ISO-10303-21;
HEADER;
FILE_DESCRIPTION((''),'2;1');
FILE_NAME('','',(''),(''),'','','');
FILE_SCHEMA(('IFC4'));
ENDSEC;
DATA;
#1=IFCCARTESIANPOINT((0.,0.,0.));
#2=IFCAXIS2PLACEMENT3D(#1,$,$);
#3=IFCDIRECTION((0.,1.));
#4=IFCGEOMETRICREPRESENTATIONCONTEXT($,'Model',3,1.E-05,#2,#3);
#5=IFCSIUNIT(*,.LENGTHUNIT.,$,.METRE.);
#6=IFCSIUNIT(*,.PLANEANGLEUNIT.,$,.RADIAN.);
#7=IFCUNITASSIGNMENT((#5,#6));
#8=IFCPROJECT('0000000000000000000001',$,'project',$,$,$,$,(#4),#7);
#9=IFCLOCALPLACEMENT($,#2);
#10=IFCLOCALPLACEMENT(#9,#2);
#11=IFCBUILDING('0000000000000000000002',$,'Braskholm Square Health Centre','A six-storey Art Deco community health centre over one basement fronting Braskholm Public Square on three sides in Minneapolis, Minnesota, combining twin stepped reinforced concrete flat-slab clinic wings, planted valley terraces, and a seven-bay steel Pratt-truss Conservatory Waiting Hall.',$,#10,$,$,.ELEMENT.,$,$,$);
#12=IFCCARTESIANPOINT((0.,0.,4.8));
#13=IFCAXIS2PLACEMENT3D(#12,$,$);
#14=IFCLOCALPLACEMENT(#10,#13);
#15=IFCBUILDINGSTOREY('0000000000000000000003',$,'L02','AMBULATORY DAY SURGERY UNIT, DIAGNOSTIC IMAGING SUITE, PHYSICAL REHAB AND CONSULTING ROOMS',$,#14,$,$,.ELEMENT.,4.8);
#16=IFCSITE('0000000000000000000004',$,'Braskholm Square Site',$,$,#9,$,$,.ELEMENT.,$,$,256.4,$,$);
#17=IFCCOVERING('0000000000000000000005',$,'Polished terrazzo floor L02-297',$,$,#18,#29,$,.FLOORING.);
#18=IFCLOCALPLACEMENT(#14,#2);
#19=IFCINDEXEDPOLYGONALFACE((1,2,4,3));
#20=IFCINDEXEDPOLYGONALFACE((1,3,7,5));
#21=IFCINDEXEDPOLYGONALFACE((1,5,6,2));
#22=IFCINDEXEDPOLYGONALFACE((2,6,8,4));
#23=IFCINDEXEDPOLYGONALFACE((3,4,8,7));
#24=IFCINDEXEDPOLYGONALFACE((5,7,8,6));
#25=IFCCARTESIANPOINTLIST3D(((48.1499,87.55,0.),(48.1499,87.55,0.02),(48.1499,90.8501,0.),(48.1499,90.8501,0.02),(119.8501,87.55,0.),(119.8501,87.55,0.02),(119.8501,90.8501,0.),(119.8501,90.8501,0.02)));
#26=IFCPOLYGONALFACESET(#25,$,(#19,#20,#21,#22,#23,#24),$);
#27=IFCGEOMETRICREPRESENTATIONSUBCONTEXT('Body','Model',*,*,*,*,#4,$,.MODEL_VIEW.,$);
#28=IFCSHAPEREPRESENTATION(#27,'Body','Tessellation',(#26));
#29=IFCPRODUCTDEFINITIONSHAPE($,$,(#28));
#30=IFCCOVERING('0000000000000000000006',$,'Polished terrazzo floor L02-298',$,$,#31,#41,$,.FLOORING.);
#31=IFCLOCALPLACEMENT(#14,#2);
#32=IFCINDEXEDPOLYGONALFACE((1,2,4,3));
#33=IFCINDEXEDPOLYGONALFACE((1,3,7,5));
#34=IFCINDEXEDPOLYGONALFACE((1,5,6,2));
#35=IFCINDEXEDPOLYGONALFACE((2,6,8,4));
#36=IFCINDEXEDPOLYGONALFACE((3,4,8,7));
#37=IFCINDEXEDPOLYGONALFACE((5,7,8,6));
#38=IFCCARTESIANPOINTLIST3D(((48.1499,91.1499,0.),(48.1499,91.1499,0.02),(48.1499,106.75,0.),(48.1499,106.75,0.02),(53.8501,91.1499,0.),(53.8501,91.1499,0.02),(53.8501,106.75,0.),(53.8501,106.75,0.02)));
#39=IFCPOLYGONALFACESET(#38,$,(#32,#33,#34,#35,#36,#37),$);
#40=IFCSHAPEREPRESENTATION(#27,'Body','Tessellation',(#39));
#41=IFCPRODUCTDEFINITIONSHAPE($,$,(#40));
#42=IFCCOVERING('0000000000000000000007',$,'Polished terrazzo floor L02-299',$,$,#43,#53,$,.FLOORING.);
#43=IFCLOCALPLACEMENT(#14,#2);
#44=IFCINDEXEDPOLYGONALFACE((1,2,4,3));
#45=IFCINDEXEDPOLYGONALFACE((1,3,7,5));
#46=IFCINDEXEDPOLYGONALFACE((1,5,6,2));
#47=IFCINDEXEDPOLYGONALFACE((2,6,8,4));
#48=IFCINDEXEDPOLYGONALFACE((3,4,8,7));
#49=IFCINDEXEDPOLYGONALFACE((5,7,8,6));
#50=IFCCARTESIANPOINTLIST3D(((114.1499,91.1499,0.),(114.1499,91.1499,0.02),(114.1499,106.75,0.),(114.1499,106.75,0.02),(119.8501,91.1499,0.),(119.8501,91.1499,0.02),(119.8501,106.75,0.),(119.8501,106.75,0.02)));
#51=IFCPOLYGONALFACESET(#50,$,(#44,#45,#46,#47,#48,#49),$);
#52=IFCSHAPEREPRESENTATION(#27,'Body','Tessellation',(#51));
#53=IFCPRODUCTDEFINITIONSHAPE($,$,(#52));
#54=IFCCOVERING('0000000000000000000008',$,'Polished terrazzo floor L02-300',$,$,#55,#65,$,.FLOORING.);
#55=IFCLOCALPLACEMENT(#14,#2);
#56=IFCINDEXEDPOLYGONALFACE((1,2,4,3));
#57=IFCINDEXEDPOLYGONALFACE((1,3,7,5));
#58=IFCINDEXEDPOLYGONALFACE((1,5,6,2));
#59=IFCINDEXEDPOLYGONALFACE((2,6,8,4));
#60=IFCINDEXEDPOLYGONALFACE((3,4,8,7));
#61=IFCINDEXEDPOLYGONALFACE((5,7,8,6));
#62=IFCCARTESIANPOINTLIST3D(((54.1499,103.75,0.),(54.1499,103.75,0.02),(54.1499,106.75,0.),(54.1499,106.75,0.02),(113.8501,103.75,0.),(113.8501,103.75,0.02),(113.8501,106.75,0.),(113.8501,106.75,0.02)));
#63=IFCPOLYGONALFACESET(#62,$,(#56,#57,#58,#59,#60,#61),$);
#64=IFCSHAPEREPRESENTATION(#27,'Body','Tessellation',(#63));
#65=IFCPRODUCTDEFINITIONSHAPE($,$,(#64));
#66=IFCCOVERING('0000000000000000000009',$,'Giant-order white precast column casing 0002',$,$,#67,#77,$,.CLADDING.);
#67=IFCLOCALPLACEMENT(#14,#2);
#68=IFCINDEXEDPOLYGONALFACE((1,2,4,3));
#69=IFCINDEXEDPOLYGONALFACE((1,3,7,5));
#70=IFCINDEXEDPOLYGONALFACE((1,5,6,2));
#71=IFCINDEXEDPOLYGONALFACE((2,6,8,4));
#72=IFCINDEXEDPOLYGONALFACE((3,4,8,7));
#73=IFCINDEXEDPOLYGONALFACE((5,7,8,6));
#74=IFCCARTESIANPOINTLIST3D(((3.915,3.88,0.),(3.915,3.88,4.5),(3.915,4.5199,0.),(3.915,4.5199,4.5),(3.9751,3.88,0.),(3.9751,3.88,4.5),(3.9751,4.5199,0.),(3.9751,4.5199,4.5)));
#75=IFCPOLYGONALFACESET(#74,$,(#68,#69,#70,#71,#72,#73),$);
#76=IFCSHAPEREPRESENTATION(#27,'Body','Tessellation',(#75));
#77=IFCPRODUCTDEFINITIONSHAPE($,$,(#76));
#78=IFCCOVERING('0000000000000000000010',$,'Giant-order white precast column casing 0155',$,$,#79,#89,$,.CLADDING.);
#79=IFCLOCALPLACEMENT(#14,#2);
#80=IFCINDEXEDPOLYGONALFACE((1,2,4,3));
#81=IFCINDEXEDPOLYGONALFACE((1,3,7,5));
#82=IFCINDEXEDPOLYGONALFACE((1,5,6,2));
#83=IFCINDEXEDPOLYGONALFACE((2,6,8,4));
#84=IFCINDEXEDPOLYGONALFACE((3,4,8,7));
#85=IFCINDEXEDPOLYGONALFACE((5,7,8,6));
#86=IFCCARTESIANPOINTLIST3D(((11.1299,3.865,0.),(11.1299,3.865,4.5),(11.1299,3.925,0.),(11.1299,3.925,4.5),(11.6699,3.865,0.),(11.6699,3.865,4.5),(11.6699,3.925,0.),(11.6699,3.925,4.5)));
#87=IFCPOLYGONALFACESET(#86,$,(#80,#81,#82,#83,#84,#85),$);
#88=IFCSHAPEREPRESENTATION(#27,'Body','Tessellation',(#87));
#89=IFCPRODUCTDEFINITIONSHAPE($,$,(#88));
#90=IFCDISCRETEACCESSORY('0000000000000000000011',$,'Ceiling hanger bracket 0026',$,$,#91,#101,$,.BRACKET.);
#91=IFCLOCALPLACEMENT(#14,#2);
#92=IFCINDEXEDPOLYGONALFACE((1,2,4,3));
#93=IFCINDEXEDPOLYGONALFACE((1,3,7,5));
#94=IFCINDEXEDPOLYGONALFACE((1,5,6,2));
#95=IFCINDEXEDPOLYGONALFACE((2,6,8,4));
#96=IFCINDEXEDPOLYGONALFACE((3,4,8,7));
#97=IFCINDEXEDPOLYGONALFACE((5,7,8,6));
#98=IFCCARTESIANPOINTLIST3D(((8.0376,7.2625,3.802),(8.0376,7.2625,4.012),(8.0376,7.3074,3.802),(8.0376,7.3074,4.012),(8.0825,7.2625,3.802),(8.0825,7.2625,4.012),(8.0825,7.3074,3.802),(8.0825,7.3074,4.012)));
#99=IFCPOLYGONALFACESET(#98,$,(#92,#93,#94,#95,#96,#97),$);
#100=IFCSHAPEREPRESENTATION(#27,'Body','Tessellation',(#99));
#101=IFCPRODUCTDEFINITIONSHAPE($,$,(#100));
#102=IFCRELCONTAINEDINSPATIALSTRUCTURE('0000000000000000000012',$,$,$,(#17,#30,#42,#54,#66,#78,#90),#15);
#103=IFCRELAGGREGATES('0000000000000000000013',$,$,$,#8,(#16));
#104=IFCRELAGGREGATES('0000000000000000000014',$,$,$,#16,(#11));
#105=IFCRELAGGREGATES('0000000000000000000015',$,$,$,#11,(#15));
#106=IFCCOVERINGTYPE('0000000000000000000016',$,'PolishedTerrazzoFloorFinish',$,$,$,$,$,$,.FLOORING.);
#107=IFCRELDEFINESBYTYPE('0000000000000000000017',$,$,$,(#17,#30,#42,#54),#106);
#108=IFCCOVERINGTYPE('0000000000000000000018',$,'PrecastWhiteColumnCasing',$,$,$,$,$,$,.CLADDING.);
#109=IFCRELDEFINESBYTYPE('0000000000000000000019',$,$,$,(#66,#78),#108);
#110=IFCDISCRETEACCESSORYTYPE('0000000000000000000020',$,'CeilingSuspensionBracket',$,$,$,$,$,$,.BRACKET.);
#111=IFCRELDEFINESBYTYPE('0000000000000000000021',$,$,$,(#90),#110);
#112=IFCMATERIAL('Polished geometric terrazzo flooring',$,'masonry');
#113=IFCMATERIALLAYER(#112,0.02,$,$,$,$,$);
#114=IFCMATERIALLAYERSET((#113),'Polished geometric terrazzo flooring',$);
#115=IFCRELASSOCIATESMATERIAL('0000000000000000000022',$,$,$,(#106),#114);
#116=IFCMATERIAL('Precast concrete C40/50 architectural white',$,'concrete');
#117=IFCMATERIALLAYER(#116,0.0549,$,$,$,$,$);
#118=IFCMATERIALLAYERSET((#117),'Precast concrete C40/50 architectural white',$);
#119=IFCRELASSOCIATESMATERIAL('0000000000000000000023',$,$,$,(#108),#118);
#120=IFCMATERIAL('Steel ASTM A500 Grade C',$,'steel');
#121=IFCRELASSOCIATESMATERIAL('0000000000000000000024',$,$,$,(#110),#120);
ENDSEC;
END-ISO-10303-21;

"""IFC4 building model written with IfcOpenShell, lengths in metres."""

from ifc_helpers import new_model, si_unit, direction, frame, origin, origin_2d, place, context, subcontext, project, spatial, polyline, rectangle, outline, extrude, material, layer, layer_set, type_object, element, save


model = new_model("IFC4")

# Units and contexts
model_context = context("Model", 3, precision=1e-05, world=origin(), true_north=direction((0.0, 1.0)))
body_context = subcontext(model_context, "Body", "Model", "MODEL_VIEW")
ifc_project = project(units=[si_unit("LENGTHUNIT", "METRE"), si_unit("PLANEANGLEUNIT", "RADIAN")], contexts=[model_context])

# Site, building, storey
site_placement = place(None, origin())
site = spatial("IfcSite", under=ifc_project, at=site_placement, Name="Braskholm Square Site", CompositionType="ELEMENT", RefElevation=256.4)
building_placement = place(site_placement, origin())
building = spatial("IfcBuilding", under=site, at=building_placement, Name="Braskholm Square Health Centre", Description="A six-storey Art Deco community health centre over one basement fronting Braskholm Public Square on three sides in Minneapolis, Minnesota, combining twin stepped reinforced concrete flat-slab clinic wings, planted valley terraces, and a seven-bay steel Pratt-truss Conservatory Waiting Hall.", CompositionType="ELEMENT")
storey_placement = place(building_placement, frame((0.0, 0.0, 4.8)))
storey = spatial("IfcBuildingStorey", under=building, at=storey_placement, Name="L02", Description="AMBULATORY DAY SURGERY UNIT, DIAGNOSTIC IMAGING SUITE, PHYSICAL REHAB AND CONSULTING ROOMS", CompositionType="ELEMENT", Elevation=4.8)

# Shared definitions
ifc_material_1 = material(Name="Precast concrete C40/50 architectural white", Category="concrete")

# Coverings
ifc_material_2 = material(Name="Polished geometric terrazzo flooring", Category="masonry")
ifc_layer_1 = layer(ifc_material_2, 0.02)
ifc_layer_set_1 = layer_set([ifc_layer_1], Name="Polished geometric terrazzo flooring")
covering_type_1 = type_object("IfcCoveringType", Name="PolishedTerrazzoFloorFinish", PredefinedType="FLOORING", material=ifc_layer_set_1)
covering_1_placement = place(storey_placement, origin())
element("IfcCovering", 1, at=covering_1_placement, inside=storey, type_object=covering_type_1, Name="Polished terrazzo floor L02-297", PredefinedType="FLOORING", context=body_context, shape_type="SweptSolid", body=[
    extrude(outline(polyline([(48.1499, 87.55), (119.8501, 87.55), (119.8501, 90.8501), (48.1499, 90.8501), (48.1499, 87.55)])), origin(), (0.0, 0.0, 1.0), 0.02),
])
covering_2_placement = place(storey_placement, origin())
element("IfcCovering", 2, at=covering_2_placement, inside=storey, type_object=covering_type_1, Name="Polished terrazzo floor L02-298", PredefinedType="FLOORING", context=body_context, shape_type="SweptSolid", body=[
    extrude(outline(polyline([(48.1499, 91.1499), (53.8501, 91.1499), (53.8501, 106.75), (48.1499, 106.75), (48.1499, 91.1499)])), origin(), (0.0, 0.0, 1.0), 0.02),
])
covering_3_placement = place(storey_placement, origin())
element("IfcCovering", 3, at=covering_3_placement, inside=storey, type_object=covering_type_1, Name="Polished terrazzo floor L02-299", PredefinedType="FLOORING", context=body_context, shape_type="SweptSolid", body=[
    extrude(outline(polyline([(114.1499, 91.1499), (119.8501, 91.1499), (119.8501, 106.75), (114.1499, 106.75), (114.1499, 91.1499)])), origin(), (0.0, 0.0, 1.0), 0.02),
])
covering_4_placement = place(storey_placement, origin())
element("IfcCovering", 4, at=covering_4_placement, inside=storey, type_object=covering_type_1, Name="Polished terrazzo floor L02-300", PredefinedType="FLOORING", context=body_context, shape_type="SweptSolid", body=[
    extrude(outline(polyline([(54.1499, 103.75), (113.8501, 103.75), (113.8501, 106.75), (54.1499, 106.75), (54.1499, 103.75)])), origin(), (0.0, 0.0, 1.0), 0.02),
])
ifc_layer_2 = layer(ifc_material_1, 0.0549)
ifc_layer_set_2 = layer_set([ifc_layer_2], Name="Precast concrete C40/50 architectural white")
covering_type_2 = type_object("IfcCoveringType", Name="PrecastWhiteColumnCasing", PredefinedType="CLADDING", material=ifc_layer_set_2)
covering_5_placement = place(storey_placement, frame((3.9451, 4.2, 0.0), z_axis=(0.0, 0.0, 1.0), x_axis=(1.0, 0.0, 0.0)))
element("IfcCovering", 5, at=covering_5_placement, inside=storey, type_object=covering_type_2, Name="Giant-order white precast column casing 0002", PredefinedType="CLADDING", context=body_context, shape_type="SweptSolid", body=[
    extrude(rectangle(XDim=0.0601, YDim=0.6399, at=origin_2d()), origin(), (0.0, 0.0, 1.0), 4.5),
])
covering_6_placement = place(storey_placement, frame((11.3999, 3.895, 0.0), z_axis=(0.0, 0.0, 1.0), x_axis=(1.0, 0.0, 0.0)))
element("IfcCovering", 6, at=covering_6_placement, inside=storey, type_object=covering_type_2, Name="Giant-order white precast column casing 0155", PredefinedType="CLADDING", context=body_context, shape_type="SweptSolid", body=[
    extrude(rectangle(XDim=0.54, YDim=0.0601, at=origin_2d()), origin(), (0.0, 0.0, 1.0), 4.5),
])

# Discrete accessory
ifc_material_3 = material(Name="Steel ASTM A500 Grade C", Category="steel")
discrete_accessory_type = type_object("IfcDiscreteAccessoryType", Name="CeilingSuspensionBracket", PredefinedType="BRACKET", material=ifc_material_3)
discrete_accessory_placement = place(storey_placement, frame((8.0601, 7.2849, 3.802), z_axis=(0.0, 0.0, 1.0), x_axis=(1.0, 0.0, 0.0)))
element("IfcDiscreteAccessory", 7, at=discrete_accessory_placement, inside=storey, type_object=discrete_accessory_type, Name="Ceiling hanger bracket 0026", PredefinedType="BRACKET", context=body_context, shape_type="SweptSolid", body=[
    extrude(rectangle(XDim=0.0449, YDim=0.0449, at=origin_2d()), origin(), (0.0, 0.0, 1.0), 0.21),
])

save(model, "model.ifc")
